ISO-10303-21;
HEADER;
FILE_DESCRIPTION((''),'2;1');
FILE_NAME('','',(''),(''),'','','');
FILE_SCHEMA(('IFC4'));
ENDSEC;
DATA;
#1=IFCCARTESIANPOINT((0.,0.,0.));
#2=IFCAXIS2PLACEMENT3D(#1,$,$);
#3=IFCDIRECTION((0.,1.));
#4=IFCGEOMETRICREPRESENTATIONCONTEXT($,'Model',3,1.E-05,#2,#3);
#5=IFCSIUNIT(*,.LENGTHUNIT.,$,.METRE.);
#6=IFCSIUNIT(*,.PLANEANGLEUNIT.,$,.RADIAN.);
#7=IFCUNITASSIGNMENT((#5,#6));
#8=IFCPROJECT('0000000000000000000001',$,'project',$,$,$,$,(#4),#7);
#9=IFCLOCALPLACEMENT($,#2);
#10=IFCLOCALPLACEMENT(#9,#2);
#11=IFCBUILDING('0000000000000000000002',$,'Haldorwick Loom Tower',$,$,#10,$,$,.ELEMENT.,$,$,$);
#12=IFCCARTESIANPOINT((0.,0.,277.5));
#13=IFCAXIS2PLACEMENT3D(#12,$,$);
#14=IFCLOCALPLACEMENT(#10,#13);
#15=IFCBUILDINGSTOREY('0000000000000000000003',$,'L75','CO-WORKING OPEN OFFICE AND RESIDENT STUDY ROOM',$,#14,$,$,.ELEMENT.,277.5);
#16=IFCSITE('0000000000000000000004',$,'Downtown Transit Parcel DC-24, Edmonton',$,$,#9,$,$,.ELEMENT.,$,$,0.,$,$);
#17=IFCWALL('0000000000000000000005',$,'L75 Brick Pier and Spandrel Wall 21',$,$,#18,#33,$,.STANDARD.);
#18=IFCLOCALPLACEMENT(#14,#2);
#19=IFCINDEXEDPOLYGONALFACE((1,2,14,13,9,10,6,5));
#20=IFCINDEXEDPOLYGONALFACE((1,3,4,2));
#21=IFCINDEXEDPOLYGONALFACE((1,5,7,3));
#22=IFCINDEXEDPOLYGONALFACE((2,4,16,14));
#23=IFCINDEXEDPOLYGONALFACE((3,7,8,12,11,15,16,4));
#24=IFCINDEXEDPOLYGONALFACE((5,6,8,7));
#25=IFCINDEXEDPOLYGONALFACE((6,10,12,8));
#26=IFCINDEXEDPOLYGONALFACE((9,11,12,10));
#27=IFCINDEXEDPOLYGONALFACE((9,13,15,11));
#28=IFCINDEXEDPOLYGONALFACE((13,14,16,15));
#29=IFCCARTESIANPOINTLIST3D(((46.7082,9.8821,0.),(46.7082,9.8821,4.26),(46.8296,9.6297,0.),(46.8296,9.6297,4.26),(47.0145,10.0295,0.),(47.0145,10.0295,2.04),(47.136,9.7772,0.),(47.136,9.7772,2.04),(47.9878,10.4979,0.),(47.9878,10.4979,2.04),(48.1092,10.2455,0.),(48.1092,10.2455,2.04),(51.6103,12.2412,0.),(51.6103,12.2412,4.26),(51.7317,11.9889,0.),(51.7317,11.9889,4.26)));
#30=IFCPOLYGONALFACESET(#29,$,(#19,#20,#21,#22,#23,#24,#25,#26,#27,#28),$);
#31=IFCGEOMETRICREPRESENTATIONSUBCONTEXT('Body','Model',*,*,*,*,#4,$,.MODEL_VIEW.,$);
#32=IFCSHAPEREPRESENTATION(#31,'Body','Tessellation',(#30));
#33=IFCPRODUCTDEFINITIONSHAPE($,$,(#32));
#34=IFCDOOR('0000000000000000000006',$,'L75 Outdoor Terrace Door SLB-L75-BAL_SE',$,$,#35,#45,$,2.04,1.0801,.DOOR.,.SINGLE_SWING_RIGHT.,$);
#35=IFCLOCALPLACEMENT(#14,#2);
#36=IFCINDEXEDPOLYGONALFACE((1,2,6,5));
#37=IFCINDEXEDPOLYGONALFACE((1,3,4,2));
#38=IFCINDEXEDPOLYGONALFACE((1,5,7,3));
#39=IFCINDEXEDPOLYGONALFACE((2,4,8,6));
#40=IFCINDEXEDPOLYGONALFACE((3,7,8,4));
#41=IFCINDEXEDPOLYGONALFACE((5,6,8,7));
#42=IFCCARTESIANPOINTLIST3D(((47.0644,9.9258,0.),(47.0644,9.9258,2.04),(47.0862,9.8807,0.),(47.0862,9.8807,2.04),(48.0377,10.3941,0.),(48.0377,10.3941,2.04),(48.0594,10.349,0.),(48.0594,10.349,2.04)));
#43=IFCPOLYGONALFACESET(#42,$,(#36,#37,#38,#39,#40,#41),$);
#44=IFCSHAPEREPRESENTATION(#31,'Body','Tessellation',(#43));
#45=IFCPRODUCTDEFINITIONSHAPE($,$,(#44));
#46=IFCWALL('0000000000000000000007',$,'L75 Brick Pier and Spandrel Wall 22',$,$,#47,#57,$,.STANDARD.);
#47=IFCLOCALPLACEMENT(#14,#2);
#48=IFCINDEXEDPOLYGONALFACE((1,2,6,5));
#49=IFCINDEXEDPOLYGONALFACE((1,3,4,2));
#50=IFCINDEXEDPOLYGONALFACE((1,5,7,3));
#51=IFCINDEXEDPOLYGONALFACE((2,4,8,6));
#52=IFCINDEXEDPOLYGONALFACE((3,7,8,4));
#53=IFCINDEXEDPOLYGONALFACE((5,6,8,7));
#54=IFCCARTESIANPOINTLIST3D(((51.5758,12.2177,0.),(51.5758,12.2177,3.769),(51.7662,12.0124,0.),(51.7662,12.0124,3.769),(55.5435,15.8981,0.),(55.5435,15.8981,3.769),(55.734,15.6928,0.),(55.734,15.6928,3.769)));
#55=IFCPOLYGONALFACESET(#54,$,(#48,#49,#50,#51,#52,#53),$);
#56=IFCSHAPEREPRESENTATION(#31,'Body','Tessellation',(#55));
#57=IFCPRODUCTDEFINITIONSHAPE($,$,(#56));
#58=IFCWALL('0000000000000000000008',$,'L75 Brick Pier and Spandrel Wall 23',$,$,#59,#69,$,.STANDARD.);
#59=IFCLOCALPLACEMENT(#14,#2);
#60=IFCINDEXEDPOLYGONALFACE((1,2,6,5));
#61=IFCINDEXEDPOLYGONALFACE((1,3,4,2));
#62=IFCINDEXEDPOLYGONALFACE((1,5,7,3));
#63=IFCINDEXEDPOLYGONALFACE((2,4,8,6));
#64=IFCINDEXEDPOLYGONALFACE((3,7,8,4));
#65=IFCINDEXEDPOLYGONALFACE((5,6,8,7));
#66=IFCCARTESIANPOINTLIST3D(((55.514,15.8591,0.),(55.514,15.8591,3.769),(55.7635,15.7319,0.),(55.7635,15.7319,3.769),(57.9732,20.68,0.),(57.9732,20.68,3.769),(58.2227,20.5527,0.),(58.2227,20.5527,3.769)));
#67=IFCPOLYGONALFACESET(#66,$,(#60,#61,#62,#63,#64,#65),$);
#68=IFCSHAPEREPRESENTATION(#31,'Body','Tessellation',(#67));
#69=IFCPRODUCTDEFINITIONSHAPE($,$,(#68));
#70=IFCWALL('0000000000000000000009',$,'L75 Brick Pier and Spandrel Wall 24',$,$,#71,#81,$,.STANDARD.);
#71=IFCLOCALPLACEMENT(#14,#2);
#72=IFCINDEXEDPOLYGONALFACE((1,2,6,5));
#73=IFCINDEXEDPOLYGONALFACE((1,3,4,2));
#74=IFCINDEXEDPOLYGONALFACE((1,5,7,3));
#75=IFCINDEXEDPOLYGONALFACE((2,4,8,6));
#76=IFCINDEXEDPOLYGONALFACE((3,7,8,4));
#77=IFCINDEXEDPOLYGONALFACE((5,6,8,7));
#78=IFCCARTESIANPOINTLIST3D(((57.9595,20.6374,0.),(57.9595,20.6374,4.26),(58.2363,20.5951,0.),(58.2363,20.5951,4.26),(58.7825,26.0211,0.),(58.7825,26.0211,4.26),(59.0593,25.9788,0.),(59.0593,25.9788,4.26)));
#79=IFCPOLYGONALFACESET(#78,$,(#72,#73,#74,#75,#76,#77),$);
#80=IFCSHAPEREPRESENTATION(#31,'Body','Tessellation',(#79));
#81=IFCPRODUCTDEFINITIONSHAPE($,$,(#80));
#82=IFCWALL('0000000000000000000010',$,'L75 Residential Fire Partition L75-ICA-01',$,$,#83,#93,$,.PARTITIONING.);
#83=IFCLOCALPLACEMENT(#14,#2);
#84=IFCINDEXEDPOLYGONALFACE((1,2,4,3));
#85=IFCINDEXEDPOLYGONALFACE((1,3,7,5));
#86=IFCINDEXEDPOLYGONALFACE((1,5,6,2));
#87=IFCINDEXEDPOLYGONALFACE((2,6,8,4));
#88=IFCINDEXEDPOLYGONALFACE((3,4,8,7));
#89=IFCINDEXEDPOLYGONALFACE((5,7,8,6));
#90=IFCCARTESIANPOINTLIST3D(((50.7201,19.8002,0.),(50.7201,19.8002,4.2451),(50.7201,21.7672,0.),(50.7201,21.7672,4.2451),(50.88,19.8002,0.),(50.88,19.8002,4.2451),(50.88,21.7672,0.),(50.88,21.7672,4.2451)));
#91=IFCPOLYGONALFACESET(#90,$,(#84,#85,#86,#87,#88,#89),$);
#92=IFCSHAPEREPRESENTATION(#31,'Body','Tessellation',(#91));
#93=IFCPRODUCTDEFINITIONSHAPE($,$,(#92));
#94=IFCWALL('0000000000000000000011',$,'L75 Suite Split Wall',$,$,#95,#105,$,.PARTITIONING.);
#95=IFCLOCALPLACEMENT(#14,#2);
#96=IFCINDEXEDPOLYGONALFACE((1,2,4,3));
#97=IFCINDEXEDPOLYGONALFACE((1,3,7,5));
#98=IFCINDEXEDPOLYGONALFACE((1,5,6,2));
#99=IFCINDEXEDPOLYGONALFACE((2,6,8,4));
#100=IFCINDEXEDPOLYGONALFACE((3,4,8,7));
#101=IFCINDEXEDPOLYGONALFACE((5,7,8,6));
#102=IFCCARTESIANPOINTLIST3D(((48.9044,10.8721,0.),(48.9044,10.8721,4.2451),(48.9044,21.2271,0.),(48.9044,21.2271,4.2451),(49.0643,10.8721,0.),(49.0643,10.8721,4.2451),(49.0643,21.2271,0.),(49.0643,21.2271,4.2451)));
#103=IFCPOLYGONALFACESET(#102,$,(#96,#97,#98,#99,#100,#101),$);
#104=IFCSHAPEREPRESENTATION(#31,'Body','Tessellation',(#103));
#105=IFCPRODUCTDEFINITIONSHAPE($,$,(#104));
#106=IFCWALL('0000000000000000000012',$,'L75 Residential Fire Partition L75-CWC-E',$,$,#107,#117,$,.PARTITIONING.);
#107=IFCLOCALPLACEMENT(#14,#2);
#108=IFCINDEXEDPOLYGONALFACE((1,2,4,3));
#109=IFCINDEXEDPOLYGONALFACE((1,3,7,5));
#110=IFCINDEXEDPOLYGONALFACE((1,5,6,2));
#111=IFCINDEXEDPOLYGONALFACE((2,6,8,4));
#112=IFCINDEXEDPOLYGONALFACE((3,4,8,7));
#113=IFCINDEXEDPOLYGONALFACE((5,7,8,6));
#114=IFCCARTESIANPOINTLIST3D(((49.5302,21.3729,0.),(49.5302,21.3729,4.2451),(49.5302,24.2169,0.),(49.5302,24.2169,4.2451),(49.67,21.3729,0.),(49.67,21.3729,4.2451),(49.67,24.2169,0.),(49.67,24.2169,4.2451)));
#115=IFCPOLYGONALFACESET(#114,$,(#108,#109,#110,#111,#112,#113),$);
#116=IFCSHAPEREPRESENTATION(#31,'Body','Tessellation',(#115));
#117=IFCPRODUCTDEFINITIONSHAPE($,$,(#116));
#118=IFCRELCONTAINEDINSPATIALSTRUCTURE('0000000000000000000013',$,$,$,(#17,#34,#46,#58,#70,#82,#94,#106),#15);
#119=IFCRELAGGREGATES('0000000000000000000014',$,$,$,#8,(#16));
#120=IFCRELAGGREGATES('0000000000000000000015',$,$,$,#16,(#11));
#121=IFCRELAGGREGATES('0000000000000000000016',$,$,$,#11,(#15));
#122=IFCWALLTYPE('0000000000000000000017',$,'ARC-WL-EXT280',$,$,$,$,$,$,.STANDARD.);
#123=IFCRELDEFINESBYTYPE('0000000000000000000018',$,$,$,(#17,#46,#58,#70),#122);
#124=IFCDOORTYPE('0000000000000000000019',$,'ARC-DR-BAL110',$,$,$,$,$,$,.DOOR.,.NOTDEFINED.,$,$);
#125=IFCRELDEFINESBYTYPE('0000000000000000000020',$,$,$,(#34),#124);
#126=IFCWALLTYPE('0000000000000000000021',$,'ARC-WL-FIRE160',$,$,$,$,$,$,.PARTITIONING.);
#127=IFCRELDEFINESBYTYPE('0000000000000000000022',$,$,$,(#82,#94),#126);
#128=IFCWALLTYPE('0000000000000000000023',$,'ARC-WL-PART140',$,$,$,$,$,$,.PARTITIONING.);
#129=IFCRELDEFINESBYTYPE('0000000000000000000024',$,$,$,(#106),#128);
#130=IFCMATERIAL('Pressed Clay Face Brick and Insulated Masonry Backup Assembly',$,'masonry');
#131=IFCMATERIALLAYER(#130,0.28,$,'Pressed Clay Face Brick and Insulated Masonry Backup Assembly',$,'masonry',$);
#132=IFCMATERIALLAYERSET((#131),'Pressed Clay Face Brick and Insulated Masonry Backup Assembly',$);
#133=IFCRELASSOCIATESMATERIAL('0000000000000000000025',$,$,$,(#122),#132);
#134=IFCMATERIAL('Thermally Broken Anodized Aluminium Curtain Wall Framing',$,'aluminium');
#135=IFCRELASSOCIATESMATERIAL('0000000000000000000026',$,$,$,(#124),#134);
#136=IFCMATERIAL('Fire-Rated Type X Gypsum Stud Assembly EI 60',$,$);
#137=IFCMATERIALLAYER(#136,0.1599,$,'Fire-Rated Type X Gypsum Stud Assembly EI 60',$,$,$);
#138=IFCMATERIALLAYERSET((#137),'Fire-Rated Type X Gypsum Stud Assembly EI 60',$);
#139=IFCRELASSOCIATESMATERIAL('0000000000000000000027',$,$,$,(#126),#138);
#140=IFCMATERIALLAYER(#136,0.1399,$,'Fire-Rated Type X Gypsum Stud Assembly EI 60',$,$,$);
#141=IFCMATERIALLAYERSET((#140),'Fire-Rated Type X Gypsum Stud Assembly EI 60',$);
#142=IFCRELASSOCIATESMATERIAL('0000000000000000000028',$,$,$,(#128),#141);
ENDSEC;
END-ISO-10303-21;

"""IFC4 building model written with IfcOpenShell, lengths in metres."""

from ifc_helpers import new_model, si_unit, direction, frame, frame_2d, origin, place, context, subcontext, project, spatial, rectangle, extrude, material, layer, layer_set, type_object, element, fill, save


model = new_model("IFC4")

# Units and contexts
model_context = context("Model", 3, precision=1e-05, world=origin(), true_north=direction((0.0, 1.0)))
body_context = subcontext(model_context, "Body", "Model", "MODEL_VIEW")
ifc_project = project(units=[si_unit("LENGTHUNIT", "METRE"), si_unit("PLANEANGLEUNIT", "RADIAN")], contexts=[model_context])

# Site, building, storey
site_placement = place(None, origin())
site = spatial("IfcSite", under=ifc_project, at=site_placement, Name="Downtown Transit Parcel DC-24, Edmonton", CompositionType="ELEMENT", RefElevation=0.0)
building_placement = place(site_placement, origin())
building = spatial("IfcBuilding", under=site, at=building_placement, Name="Haldorwick Loom Tower", CompositionType="ELEMENT")
storey_placement = place(building_placement, frame((0.0, 0.0, 277.5)))
storey = spatial("IfcBuildingStorey", under=building, at=storey_placement, Name="L75", Description="CO-WORKING OPEN OFFICE AND RESIDENT STUDY ROOM", CompositionType="ELEMENT", Elevation=277.5)

# Wall, opening, door
ifc_material_1 = material(Name="Pressed Clay Face Brick and Insulated Masonry Backup Assembly", Category="masonry")
ifc_layer_1 = layer(ifc_material_1, 0.28, Name="Pressed Clay Face Brick and Insulated Masonry Backup Assembly", Category="masonry")
ifc_layer_set_1 = layer_set([ifc_layer_1], Name="Pressed Clay Face Brick and Insulated Masonry Backup Assembly")
wall_type_1 = type_object("IfcWallType", Name="ARC-WL-EXT280", PredefinedType="STANDARD", material=ifc_layer_set_1)
wall_1_placement = place(storey_placement, frame((46.7688, 9.7559, 0.0), z_axis=(0.0, 0.0, 1.0), x_axis=(0.901084, 0.433646, 0.0)))
wall_1 = element("IfcWall", 1, at=wall_1_placement, inside=storey, type_object=wall_type_1, Name="L75 Brick Pier and Spandrel Wall 21", PredefinedType="STANDARD", context=body_context, shape_type="SweptSolid", body=[
    extrude(rectangle(XDim=5.4402, YDim=0.28, at=frame_2d((2.7202, 0.0))), origin(), (0.0, 0.0, 1.0), 4.26),
])
opening_placement = place(wall_1_placement, frame((0.3401, 0.0, 0.0)))
opening = element("IfcOpeningElement", 2, at=opening_placement, cuts=wall_1, PredefinedType="OPENING", context=body_context, shape_type="SweptSolid", body=[
    extrude(rectangle(XDim=1.0801, YDim=2.04, at=frame_2d((0.54, 1.02))), frame((0.0, 0.1499, 0.0), z_axis=(0.0, -1.0, 0.0), x_axis=(1.0, 0.0, 0.0)), (0.0, 0.0, 1.0), 0.3),
])
ifc_material_2 = material(Name="Thermally Broken Anodized Aluminium Curtain Wall Framing", Category="aluminium")
door_type = type_object("IfcDoorType", Name="ARC-DR-BAL110", OperationType="NOTDEFINED", PredefinedType="DOOR", material=ifc_material_2)
door_placement = place(opening_placement, origin())
door = element("IfcDoor", 3, at=door_placement, inside=storey, type_object=door_type, Name="L75 Outdoor Terrace Door SLB-L75-BAL_SE", OperationType="SINGLE_SWING_RIGHT", OverallHeight=2.04, OverallWidth=1.0801, PredefinedType="DOOR", context=body_context, shape_type="SweptSolid", body=[
    extrude(rectangle(XDim=1.0801, YDim=2.04, at=frame_2d((0.54, 1.02))), frame((0.0, 0.0249, 0.0), z_axis=(0.0, -1.0, 0.0), x_axis=(1.0, 0.0, 0.0)), (0.0, 0.0, 1.0), 0.05),
])
fill(opening, door)

# Walls
for number, where, z_axis, x_axis, name in (
    (4, (51.6709, 12.115, 0.0), (0.0, 0.0, 1.0), (0.733157, 0.68006, 0.0), "L75 Brick Pier and Spandrel Wall 22"),
    (5, (55.6387, 15.7954, 0.0), (0.0, 0.0, 1.0), (0.454417, 0.890789, 0.0), "L75 Brick Pier and Spandrel Wall 23"),
):
    element("IfcWall", number, at=place(storey_placement, frame(where, z_axis=z_axis, x_axis=x_axis)), inside=storey, type_object=wall_type_1, Name=name, PredefinedType="STANDARD", context=body_context, shape_type="SweptSolid", body=[
        extrude(rectangle(XDim=5.4119, YDim=0.28, at=frame_2d((2.7061, 0.0))), origin(), (0.0, 0.0, 1.0), 3.769),
    ])
wall_2_placement = place(storey_placement, frame((58.0979, 20.6162, 0.0), z_axis=(0.0, 0.0, 1.0), x_axis=(0.151111, 0.988517, 0.0)))
element("IfcWall", 6, at=wall_2_placement, inside=storey, type_object=wall_type_1, Name="L75 Brick Pier and Spandrel Wall 24", PredefinedType="STANDARD", context=body_context, shape_type="SweptSolid", body=[
    extrude(rectangle(XDim=5.4463, YDim=0.28, at=frame_2d((2.7231, 0.0))), origin(), (0.0, 0.0, 1.0), 4.26),
])
ifc_material_3 = material(Name="Fire-Rated Type X Gypsum Stud Assembly EI 60")
ifc_layer_2 = layer(ifc_material_3, 0.1599, Name="Fire-Rated Type X Gypsum Stud Assembly EI 60")
ifc_layer_set_2 = layer_set([ifc_layer_2], Name="Fire-Rated Type X Gypsum Stud Assembly EI 60")
wall_type_2 = type_object("IfcWallType", Name="ARC-WL-FIRE160", PredefinedType="PARTITIONING", material=ifc_layer_set_2)
wall_3_placement = place(storey_placement, frame((50.8, 21.7671, 0.0), z_axis=(0.0, 0.0, 1.0), x_axis=(0.0, -1.0, 0.0)))
element("IfcWall", 7, at=wall_3_placement, inside=storey, type_object=wall_type_2, Name="L75 Residential Fire Partition L75-ICA-01", PredefinedType="PARTITIONING", context=body_context, shape_type="SweptSolid", body=[
    extrude(rectangle(XDim=1.967, YDim=0.1599, at=frame_2d((0.9834, 0.0))), origin(), (0.0, 0.0, 1.0), 4.2451),
])
wall_4_placement = place(storey_placement, frame((48.9844, 10.8721, 0.0), z_axis=(0.0, 0.0, 1.0), x_axis=(0.0, 1.0, 0.0)))
element("IfcWall", 8, at=wall_4_placement, inside=storey, type_object=wall_type_2, Name="L75 Suite Split Wall", PredefinedType="PARTITIONING", context=body_context, shape_type="SweptSolid", body=[
    extrude(rectangle(XDim=10.355, YDim=0.1599, at=frame_2d((5.1775, 0.0))), origin(), (0.0, 0.0, 1.0), 4.2451),
])
ifc_layer_3 = layer(ifc_material_3, 0.1399, Name="Fire-Rated Type X Gypsum Stud Assembly EI 60")
ifc_layer_set_3 = layer_set([ifc_layer_3], Name="Fire-Rated Type X Gypsum Stud Assembly EI 60")
wall_type_3 = type_object("IfcWallType", Name="ARC-WL-PART140", PredefinedType="PARTITIONING", material=ifc_layer_set_3)
wall_5_placement = place(storey_placement, frame((49.6001, 21.373, 0.0), z_axis=(0.0, 0.0, 1.0), x_axis=(0.0, 1.0, 0.0)))
element("IfcWall", 9, at=wall_5_placement, inside=storey, type_object=wall_type_3, Name="L75 Residential Fire Partition L75-CWC-E", PredefinedType="PARTITIONING", context=body_context, shape_type="SweptSolid", body=[
    extrude(rectangle(XDim=2.844, YDim=0.1399, at=frame_2d((1.4219, 0.0))), origin(), (0.0, 0.0, 1.0), 4.2451),
])

save(model, "model.ifc")
